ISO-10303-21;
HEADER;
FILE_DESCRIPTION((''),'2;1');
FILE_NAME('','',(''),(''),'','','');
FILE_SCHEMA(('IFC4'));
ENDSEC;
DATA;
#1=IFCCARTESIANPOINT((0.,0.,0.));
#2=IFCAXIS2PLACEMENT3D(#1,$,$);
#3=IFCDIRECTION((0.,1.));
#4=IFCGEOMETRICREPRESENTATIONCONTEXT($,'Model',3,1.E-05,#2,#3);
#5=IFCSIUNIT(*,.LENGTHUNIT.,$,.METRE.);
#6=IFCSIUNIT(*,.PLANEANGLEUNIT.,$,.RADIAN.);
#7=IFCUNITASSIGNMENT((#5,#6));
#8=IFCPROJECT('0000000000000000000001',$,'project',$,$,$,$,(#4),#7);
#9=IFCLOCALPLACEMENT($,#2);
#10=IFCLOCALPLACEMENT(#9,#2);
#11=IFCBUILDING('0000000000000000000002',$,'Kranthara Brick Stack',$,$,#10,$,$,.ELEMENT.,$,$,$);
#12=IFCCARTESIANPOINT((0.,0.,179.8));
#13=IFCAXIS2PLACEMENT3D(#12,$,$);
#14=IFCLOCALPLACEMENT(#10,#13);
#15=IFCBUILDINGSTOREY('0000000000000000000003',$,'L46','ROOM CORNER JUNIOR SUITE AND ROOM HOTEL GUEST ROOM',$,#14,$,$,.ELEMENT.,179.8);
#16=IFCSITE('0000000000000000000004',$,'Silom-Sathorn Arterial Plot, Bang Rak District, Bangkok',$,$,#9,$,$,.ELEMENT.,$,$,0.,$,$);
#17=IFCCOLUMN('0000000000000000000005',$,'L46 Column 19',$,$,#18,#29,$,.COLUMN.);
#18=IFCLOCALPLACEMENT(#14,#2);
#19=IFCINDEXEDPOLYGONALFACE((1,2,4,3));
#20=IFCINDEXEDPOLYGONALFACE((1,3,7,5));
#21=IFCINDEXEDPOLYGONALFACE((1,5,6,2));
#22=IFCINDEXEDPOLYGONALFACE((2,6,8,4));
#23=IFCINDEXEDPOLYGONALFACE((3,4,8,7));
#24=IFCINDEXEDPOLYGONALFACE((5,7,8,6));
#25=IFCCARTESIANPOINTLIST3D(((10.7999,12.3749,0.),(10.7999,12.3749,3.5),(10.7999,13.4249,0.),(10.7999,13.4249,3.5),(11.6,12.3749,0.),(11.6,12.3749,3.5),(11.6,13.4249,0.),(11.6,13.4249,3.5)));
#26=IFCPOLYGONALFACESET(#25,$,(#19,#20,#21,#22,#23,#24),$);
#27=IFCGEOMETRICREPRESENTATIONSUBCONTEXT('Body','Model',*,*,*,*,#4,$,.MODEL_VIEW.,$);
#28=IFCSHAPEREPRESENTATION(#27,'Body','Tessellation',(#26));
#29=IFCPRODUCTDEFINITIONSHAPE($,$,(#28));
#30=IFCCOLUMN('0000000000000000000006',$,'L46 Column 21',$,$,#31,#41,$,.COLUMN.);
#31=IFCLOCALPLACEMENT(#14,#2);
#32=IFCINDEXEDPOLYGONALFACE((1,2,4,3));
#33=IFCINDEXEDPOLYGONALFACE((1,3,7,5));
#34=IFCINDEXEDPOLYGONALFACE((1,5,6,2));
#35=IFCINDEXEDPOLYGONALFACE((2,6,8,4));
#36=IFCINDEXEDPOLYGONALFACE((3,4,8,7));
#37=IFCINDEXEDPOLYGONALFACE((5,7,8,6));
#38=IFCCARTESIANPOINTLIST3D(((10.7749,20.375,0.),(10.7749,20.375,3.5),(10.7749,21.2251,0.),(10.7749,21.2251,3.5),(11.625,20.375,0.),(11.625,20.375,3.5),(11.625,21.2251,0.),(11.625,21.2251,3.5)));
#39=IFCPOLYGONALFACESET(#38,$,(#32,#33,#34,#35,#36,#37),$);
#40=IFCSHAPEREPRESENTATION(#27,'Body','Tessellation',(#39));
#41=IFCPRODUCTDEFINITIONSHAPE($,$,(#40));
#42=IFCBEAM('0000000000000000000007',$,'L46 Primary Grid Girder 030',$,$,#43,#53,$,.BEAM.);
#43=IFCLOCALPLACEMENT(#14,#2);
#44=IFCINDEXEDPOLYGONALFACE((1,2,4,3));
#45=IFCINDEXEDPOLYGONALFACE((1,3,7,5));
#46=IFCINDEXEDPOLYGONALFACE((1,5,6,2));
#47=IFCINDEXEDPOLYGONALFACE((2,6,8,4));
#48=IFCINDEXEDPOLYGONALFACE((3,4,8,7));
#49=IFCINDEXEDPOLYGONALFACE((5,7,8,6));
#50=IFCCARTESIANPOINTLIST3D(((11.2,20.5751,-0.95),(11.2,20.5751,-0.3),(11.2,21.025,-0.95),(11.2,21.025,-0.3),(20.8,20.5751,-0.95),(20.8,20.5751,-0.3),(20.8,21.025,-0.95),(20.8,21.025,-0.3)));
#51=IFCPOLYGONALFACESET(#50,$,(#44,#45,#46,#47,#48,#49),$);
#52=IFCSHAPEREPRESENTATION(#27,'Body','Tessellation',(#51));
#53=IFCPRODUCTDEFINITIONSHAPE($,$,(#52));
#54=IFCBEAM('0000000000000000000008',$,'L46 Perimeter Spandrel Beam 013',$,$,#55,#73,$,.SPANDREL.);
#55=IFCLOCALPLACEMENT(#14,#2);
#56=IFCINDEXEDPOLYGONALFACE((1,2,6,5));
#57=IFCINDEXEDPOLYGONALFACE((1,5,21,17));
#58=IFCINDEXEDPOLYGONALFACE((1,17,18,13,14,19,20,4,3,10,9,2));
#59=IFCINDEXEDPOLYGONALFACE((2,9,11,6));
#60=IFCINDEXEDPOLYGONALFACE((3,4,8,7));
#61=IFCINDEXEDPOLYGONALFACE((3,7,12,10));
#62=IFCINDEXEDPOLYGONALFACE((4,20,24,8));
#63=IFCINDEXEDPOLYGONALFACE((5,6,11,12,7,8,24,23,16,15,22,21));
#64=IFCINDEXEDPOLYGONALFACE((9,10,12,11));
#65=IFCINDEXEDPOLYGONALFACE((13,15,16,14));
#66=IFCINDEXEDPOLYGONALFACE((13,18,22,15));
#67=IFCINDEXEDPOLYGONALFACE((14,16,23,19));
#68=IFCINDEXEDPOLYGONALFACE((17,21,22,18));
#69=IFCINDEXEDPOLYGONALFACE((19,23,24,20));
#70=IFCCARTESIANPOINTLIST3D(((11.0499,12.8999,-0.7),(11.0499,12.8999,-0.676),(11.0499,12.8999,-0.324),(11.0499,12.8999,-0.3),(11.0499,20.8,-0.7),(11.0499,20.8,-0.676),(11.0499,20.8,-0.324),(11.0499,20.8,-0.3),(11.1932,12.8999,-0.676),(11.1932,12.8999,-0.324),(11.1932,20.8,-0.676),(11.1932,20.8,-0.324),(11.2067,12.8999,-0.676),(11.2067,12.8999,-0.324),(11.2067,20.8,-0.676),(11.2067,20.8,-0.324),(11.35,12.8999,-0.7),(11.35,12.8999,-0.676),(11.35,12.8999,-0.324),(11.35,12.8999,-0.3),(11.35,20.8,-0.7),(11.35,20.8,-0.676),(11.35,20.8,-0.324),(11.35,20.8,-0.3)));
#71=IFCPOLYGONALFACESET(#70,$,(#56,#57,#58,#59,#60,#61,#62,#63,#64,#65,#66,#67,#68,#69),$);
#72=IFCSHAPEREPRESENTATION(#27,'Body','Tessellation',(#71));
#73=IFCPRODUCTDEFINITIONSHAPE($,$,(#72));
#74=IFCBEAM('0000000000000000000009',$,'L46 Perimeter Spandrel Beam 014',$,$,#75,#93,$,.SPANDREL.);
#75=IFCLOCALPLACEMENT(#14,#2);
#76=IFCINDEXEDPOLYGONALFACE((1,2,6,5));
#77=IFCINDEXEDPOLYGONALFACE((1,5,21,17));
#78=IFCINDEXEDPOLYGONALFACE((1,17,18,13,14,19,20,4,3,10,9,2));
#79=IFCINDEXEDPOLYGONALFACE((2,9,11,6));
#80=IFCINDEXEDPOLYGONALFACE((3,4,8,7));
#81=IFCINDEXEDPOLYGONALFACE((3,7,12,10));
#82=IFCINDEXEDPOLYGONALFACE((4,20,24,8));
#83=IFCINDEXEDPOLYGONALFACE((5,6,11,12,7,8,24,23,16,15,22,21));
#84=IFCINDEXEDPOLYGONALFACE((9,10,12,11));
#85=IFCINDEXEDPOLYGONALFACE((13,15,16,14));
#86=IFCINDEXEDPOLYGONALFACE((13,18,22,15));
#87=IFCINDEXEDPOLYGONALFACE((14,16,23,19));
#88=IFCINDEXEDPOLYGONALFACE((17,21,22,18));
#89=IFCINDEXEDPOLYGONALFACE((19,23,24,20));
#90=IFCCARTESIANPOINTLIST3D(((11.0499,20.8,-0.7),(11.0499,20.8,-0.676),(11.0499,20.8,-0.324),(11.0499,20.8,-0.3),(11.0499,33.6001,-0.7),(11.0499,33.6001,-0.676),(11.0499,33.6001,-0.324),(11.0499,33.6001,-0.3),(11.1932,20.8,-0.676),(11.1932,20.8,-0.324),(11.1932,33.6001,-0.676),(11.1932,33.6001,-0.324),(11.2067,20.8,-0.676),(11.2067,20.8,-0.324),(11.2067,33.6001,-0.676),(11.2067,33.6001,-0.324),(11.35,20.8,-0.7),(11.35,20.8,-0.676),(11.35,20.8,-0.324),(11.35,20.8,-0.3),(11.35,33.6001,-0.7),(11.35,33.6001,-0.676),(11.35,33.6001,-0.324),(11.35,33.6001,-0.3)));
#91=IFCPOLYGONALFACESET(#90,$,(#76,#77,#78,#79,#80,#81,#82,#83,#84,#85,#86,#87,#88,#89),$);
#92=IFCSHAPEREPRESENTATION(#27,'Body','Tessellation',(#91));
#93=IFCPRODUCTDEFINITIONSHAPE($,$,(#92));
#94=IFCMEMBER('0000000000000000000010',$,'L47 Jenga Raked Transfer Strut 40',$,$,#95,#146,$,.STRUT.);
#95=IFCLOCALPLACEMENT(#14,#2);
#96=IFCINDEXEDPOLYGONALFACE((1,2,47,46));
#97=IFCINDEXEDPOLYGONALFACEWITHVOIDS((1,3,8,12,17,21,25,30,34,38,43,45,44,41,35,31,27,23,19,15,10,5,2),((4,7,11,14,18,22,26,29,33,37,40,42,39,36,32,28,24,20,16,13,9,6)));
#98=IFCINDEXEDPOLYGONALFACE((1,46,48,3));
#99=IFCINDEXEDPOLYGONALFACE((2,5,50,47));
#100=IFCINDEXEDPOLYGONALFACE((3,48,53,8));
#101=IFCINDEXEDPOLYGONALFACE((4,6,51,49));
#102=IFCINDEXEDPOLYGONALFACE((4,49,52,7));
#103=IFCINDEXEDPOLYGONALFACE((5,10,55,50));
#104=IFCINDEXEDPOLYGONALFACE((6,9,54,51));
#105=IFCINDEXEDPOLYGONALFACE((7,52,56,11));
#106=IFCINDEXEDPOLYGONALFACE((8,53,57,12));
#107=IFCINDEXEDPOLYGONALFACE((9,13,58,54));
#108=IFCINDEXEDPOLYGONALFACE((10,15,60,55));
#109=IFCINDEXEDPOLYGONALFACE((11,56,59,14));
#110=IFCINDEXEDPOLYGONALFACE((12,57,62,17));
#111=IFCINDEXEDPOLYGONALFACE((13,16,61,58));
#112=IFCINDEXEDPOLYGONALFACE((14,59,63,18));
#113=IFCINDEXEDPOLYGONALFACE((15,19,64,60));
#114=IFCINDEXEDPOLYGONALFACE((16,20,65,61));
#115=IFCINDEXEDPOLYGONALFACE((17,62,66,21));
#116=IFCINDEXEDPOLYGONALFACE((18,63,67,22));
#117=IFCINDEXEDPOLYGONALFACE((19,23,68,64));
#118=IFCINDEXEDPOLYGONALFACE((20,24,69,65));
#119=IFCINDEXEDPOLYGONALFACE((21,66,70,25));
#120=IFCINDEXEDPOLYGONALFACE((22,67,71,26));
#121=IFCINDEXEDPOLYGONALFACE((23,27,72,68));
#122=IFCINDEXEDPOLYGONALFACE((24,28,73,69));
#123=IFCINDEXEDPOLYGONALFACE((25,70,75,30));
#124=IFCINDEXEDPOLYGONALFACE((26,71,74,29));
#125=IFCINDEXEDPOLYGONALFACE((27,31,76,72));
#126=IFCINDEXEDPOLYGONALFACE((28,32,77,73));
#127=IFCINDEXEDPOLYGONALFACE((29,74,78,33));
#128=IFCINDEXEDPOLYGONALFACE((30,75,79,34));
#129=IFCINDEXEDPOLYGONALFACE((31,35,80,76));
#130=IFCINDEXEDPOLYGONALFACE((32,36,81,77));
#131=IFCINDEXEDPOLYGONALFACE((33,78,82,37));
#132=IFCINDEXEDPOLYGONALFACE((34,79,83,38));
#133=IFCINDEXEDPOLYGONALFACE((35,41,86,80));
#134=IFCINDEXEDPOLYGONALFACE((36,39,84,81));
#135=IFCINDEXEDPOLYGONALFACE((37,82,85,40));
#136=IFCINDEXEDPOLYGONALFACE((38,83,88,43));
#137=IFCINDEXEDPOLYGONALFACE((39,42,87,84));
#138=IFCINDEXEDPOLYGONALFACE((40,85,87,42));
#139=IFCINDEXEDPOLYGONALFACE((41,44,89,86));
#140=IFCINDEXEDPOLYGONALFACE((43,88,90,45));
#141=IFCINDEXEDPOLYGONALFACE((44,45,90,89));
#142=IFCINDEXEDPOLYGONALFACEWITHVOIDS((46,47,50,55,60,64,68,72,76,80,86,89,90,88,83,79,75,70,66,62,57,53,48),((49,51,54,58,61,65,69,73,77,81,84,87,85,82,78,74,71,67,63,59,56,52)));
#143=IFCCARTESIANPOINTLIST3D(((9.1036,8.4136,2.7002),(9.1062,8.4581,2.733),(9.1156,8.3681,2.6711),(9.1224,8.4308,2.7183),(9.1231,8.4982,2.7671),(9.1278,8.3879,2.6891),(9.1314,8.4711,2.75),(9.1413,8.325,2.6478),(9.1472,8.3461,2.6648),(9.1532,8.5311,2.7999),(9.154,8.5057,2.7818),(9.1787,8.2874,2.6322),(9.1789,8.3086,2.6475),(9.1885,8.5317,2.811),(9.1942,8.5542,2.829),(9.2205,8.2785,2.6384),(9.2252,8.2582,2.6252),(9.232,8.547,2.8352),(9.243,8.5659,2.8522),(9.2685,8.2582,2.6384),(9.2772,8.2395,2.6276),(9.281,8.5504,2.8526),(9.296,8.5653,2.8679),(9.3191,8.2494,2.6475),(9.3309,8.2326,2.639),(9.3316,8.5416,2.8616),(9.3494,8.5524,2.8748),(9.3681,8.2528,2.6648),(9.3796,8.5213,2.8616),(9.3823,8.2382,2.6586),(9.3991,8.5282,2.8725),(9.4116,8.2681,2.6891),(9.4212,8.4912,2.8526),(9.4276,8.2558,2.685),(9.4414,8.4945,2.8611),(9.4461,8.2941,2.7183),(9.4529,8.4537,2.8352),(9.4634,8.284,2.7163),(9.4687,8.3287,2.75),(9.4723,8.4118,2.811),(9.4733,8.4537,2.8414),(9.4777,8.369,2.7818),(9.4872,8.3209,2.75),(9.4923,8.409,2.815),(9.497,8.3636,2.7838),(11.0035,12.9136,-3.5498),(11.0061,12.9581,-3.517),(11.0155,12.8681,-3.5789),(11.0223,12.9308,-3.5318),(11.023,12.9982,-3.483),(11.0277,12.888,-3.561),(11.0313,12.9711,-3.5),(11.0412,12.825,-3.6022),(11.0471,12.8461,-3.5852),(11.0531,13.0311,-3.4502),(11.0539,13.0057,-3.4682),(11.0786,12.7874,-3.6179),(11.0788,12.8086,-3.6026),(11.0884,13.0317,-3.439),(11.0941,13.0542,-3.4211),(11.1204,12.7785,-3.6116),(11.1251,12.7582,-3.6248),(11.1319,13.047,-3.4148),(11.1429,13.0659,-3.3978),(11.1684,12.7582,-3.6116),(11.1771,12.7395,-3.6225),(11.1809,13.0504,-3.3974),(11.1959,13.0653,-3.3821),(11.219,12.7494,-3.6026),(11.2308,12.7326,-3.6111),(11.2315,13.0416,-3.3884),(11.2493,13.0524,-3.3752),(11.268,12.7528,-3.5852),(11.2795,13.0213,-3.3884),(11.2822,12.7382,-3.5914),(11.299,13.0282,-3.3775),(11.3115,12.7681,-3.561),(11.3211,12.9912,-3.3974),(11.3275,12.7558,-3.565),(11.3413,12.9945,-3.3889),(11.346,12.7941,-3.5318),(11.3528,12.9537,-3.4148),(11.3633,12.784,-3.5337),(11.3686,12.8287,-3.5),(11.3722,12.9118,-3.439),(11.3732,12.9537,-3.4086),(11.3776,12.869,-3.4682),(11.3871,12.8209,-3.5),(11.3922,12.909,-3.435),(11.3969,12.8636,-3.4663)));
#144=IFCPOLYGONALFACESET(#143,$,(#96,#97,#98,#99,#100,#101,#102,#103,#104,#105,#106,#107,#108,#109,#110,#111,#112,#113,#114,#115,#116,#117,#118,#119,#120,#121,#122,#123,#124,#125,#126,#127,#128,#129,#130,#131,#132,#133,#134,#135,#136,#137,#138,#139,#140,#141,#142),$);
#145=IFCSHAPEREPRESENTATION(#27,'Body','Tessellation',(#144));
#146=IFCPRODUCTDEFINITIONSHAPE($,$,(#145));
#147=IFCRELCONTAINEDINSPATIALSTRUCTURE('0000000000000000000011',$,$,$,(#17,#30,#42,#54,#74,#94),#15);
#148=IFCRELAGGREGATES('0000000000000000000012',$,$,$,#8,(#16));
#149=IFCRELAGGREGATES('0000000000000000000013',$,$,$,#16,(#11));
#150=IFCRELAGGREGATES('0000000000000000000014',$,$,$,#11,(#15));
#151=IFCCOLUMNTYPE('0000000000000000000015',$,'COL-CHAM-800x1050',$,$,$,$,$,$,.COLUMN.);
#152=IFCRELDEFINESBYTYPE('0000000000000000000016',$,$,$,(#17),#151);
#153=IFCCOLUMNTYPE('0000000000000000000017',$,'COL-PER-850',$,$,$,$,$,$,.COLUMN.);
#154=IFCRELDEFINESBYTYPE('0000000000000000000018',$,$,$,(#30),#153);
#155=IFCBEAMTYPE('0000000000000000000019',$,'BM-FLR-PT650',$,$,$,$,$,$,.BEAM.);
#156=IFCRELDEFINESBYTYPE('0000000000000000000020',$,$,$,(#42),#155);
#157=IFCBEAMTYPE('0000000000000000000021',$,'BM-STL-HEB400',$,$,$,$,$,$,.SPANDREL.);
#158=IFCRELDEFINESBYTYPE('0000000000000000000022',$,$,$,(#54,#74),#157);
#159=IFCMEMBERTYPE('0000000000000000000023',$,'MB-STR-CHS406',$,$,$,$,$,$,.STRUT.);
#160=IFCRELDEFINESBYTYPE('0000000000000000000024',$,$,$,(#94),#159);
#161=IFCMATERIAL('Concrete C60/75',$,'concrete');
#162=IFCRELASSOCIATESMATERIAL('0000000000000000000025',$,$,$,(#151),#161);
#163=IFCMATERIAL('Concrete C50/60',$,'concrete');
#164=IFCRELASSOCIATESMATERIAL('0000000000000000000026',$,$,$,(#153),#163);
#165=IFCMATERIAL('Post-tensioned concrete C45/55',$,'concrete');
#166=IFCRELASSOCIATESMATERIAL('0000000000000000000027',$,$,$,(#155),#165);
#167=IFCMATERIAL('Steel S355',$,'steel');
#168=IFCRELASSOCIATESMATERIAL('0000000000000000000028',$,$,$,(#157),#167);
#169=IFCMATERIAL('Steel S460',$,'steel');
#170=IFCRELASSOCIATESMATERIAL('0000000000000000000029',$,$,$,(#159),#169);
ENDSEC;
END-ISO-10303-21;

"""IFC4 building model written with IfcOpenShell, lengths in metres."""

from ifc_helpers import new_model, si_unit, direction, frame, origin, origin_2d, place, context, subcontext, project, spatial, rectangle, hollow_circle, i_section, extrude, material, material_profile, profile_set, type_object, element, save


model = new_model("IFC4")

# Units and contexts
model_context = context("Model", 3, precision=1e-05, world=origin(), true_north=direction((0.0, 1.0)))
body_context = subcontext(model_context, "Body", "Model", "MODEL_VIEW")
ifc_project = project(units=[si_unit("LENGTHUNIT", "METRE"), si_unit("PLANEANGLEUNIT", "RADIAN")], contexts=[model_context])

# Site, building, storey
site_placement = place(None, origin())
site = spatial("IfcSite", under=ifc_project, at=site_placement, Name="Silom-Sathorn Arterial Plot, Bang Rak District, Bangkok", CompositionType="ELEMENT", RefElevation=0.0)
building_placement = place(site_placement, origin())
building = spatial("IfcBuilding", under=site, at=building_placement, Name="Kranthara Brick Stack", CompositionType="ELEMENT")
storey_placement = place(building_placement, frame((0.0, 0.0, 179.8)))
storey = spatial("IfcBuildingStorey", under=building, at=storey_placement, Name="L46", Description="ROOM CORNER JUNIOR SUITE AND ROOM HOTEL GUEST ROOM", CompositionType="ELEMENT", Elevation=179.8)

# Columns
ifc_material_1 = material(Name="Concrete C60/75", Category="concrete")
ifc_material_profile_1 = material_profile(ifc_material_1, rectangle(XDim=0.8, YDim=1.05, at=origin_2d()), Name="RC 800x1050")
ifc_profile_set_1 = profile_set([ifc_material_profile_1], Name="Concrete C60/75")
column_type_1 = type_object("IfcColumnType", Name="COL-CHAM-800x1050", PredefinedType="COLUMN", material=ifc_profile_set_1)
column_1_placement = place(storey_placement, frame((11.2, 12.8999, 0.0), z_axis=(0.0, 0.0, 1.0), x_axis=(1.0, 0.0, 0.0)))
element("IfcColumn", 1, at=column_1_placement, inside=storey, type_object=column_type_1, Name="L46 Column 19", PredefinedType="COLUMN", context=body_context, shape_type="SweptSolid", body=[
    extrude(rectangle(XDim=0.8, YDim=1.05, at=origin_2d()), origin(), (0.0, 0.0, 1.0), 3.5),
])
ifc_material_2 = material(Name="Concrete C50/60", Category="concrete")
ifc_material_profile_2 = material_profile(ifc_material_2, rectangle(XDim=0.8501, YDim=0.8501, at=origin_2d()), Name="RC 850x850")
ifc_profile_set_2 = profile_set([ifc_material_profile_2], Name="Concrete C50/60")
column_type_2 = type_object("IfcColumnType", Name="COL-PER-850", PredefinedType="COLUMN", material=ifc_profile_set_2)
column_2_placement = place(storey_placement, frame((11.2, 20.8, 0.0), z_axis=(0.0, 0.0, 1.0), x_axis=(1.0, 0.0, 0.0)))
element("IfcColumn", 2, at=column_2_placement, inside=storey, type_object=column_type_2, Name="L46 Column 21", PredefinedType="COLUMN", context=body_context, shape_type="SweptSolid", body=[
    extrude(rectangle(XDim=0.8501, YDim=0.8501, at=origin_2d()), origin(), (0.0, 0.0, 1.0), 3.5),
])

# Beams
ifc_material_3 = material(Name="Post-tensioned concrete C45/55", Category="concrete")
ifc_material_profile_3 = material_profile(ifc_material_3, rectangle(XDim=0.45, YDim=0.6499, at=origin_2d()), Name="PT 450x650")
ifc_profile_set_3 = profile_set([ifc_material_profile_3], Name="Post-tensioned concrete C45/55")
beam_type_1 = type_object("IfcBeamType", Name="BM-FLR-PT650", PredefinedType="BEAM", material=ifc_profile_set_3)
beam_1_placement = place(storey_placement, frame((11.2, 20.8, -0.625), z_axis=(1.0, 0.0, 0.0), x_axis=(0.0, 1.0, 0.0)))
element("IfcBeam", 3, at=beam_1_placement, inside=storey, type_object=beam_type_1, Name="L46 Primary Grid Girder 030", PredefinedType="BEAM", context=body_context, shape_type="SweptSolid", body=[
    extrude(rectangle(XDim=0.45, YDim=0.6499, at=origin_2d()), origin(), (0.0, 0.0, 1.0), 9.6001),
])
ifc_material_4 = material(Name="Steel S355", Category="steel")
ifc_material_profile_4 = material_profile(ifc_material_4, i_section(OverallWidth=0.3, OverallDepth=0.3999, WebThickness=0.0134, FlangeThickness=0.0239, at=origin_2d()), Name="HEB 400")
ifc_profile_set_4 = profile_set([ifc_material_profile_4], Name="Steel S355")
beam_type_2 = type_object("IfcBeamType", Name="BM-STL-HEB400", PredefinedType="SPANDREL", material=ifc_profile_set_4)
beam_2_placement = place(storey_placement, frame((11.2, 12.8999, -0.5), z_axis=(0.0, 1.0, 0.0), x_axis=(-1.0, 0.0, 0.0)))
element("IfcBeam", 4, at=beam_2_placement, inside=storey, type_object=beam_type_2, Name="L46 Perimeter Spandrel Beam 013", PredefinedType="SPANDREL", context=body_context, shape_type="SweptSolid", body=[
    extrude(i_section(OverallWidth=0.3, OverallDepth=0.3999, WebThickness=0.0134, FlangeThickness=0.0239, at=origin_2d()), origin(), (0.0, 0.0, 1.0), 7.9001),
])
beam_3_placement = place(storey_placement, frame((11.2, 20.8, -0.5), z_axis=(0.0, 1.0, 0.0), x_axis=(-1.0, 0.0, 0.0)))
element("IfcBeam", 5, at=beam_3_placement, inside=storey, type_object=beam_type_2, Name="L46 Perimeter Spandrel Beam 014", PredefinedType="SPANDREL", context=body_context, shape_type="SweptSolid", body=[
    extrude(i_section(OverallWidth=0.3, OverallDepth=0.3999, WebThickness=0.0134, FlangeThickness=0.0239, at=origin_2d()), origin(), (0.0, 0.0, 1.0), 12.8),
])

# Member
ifc_material_5 = material(Name="Steel S460", Category="steel")
ifc_material_profile_5 = material_profile(ifc_material_5, hollow_circle(Radius=0.2031, WallThickness=0.02, at=origin_2d()), Name="CHS 406.4x20")
ifc_profile_set_5 = profile_set([ifc_material_profile_5], Name="Steel S460")
member_type = type_object("IfcMemberType", Name="MB-STR-CHS406", PredefinedType="STRUT", material=ifc_profile_set_5)
member_1_placement = place(storey_placement, frame((11.2, 12.8999, -3.5), z_axis=(-0.239513, -0.567297, 0.787913), x_axis=(0.921257, -0.388955, 0.0)))
element("IfcMember", 6, at=member_1_placement, inside=storey, type_object=member_type, Name="L47 Jenga Raked Transfer Strut 40", PredefinedType="STRUT", context=body_context, shape_type="SweptSolid", body=[
    extrude(hollow_circle(Radius=0.2031, WallThickness=0.02, at=origin_2d()), origin(), (0.0, 0.0, 1.0), 7.9324),
])

save(model, "model.ifc")
